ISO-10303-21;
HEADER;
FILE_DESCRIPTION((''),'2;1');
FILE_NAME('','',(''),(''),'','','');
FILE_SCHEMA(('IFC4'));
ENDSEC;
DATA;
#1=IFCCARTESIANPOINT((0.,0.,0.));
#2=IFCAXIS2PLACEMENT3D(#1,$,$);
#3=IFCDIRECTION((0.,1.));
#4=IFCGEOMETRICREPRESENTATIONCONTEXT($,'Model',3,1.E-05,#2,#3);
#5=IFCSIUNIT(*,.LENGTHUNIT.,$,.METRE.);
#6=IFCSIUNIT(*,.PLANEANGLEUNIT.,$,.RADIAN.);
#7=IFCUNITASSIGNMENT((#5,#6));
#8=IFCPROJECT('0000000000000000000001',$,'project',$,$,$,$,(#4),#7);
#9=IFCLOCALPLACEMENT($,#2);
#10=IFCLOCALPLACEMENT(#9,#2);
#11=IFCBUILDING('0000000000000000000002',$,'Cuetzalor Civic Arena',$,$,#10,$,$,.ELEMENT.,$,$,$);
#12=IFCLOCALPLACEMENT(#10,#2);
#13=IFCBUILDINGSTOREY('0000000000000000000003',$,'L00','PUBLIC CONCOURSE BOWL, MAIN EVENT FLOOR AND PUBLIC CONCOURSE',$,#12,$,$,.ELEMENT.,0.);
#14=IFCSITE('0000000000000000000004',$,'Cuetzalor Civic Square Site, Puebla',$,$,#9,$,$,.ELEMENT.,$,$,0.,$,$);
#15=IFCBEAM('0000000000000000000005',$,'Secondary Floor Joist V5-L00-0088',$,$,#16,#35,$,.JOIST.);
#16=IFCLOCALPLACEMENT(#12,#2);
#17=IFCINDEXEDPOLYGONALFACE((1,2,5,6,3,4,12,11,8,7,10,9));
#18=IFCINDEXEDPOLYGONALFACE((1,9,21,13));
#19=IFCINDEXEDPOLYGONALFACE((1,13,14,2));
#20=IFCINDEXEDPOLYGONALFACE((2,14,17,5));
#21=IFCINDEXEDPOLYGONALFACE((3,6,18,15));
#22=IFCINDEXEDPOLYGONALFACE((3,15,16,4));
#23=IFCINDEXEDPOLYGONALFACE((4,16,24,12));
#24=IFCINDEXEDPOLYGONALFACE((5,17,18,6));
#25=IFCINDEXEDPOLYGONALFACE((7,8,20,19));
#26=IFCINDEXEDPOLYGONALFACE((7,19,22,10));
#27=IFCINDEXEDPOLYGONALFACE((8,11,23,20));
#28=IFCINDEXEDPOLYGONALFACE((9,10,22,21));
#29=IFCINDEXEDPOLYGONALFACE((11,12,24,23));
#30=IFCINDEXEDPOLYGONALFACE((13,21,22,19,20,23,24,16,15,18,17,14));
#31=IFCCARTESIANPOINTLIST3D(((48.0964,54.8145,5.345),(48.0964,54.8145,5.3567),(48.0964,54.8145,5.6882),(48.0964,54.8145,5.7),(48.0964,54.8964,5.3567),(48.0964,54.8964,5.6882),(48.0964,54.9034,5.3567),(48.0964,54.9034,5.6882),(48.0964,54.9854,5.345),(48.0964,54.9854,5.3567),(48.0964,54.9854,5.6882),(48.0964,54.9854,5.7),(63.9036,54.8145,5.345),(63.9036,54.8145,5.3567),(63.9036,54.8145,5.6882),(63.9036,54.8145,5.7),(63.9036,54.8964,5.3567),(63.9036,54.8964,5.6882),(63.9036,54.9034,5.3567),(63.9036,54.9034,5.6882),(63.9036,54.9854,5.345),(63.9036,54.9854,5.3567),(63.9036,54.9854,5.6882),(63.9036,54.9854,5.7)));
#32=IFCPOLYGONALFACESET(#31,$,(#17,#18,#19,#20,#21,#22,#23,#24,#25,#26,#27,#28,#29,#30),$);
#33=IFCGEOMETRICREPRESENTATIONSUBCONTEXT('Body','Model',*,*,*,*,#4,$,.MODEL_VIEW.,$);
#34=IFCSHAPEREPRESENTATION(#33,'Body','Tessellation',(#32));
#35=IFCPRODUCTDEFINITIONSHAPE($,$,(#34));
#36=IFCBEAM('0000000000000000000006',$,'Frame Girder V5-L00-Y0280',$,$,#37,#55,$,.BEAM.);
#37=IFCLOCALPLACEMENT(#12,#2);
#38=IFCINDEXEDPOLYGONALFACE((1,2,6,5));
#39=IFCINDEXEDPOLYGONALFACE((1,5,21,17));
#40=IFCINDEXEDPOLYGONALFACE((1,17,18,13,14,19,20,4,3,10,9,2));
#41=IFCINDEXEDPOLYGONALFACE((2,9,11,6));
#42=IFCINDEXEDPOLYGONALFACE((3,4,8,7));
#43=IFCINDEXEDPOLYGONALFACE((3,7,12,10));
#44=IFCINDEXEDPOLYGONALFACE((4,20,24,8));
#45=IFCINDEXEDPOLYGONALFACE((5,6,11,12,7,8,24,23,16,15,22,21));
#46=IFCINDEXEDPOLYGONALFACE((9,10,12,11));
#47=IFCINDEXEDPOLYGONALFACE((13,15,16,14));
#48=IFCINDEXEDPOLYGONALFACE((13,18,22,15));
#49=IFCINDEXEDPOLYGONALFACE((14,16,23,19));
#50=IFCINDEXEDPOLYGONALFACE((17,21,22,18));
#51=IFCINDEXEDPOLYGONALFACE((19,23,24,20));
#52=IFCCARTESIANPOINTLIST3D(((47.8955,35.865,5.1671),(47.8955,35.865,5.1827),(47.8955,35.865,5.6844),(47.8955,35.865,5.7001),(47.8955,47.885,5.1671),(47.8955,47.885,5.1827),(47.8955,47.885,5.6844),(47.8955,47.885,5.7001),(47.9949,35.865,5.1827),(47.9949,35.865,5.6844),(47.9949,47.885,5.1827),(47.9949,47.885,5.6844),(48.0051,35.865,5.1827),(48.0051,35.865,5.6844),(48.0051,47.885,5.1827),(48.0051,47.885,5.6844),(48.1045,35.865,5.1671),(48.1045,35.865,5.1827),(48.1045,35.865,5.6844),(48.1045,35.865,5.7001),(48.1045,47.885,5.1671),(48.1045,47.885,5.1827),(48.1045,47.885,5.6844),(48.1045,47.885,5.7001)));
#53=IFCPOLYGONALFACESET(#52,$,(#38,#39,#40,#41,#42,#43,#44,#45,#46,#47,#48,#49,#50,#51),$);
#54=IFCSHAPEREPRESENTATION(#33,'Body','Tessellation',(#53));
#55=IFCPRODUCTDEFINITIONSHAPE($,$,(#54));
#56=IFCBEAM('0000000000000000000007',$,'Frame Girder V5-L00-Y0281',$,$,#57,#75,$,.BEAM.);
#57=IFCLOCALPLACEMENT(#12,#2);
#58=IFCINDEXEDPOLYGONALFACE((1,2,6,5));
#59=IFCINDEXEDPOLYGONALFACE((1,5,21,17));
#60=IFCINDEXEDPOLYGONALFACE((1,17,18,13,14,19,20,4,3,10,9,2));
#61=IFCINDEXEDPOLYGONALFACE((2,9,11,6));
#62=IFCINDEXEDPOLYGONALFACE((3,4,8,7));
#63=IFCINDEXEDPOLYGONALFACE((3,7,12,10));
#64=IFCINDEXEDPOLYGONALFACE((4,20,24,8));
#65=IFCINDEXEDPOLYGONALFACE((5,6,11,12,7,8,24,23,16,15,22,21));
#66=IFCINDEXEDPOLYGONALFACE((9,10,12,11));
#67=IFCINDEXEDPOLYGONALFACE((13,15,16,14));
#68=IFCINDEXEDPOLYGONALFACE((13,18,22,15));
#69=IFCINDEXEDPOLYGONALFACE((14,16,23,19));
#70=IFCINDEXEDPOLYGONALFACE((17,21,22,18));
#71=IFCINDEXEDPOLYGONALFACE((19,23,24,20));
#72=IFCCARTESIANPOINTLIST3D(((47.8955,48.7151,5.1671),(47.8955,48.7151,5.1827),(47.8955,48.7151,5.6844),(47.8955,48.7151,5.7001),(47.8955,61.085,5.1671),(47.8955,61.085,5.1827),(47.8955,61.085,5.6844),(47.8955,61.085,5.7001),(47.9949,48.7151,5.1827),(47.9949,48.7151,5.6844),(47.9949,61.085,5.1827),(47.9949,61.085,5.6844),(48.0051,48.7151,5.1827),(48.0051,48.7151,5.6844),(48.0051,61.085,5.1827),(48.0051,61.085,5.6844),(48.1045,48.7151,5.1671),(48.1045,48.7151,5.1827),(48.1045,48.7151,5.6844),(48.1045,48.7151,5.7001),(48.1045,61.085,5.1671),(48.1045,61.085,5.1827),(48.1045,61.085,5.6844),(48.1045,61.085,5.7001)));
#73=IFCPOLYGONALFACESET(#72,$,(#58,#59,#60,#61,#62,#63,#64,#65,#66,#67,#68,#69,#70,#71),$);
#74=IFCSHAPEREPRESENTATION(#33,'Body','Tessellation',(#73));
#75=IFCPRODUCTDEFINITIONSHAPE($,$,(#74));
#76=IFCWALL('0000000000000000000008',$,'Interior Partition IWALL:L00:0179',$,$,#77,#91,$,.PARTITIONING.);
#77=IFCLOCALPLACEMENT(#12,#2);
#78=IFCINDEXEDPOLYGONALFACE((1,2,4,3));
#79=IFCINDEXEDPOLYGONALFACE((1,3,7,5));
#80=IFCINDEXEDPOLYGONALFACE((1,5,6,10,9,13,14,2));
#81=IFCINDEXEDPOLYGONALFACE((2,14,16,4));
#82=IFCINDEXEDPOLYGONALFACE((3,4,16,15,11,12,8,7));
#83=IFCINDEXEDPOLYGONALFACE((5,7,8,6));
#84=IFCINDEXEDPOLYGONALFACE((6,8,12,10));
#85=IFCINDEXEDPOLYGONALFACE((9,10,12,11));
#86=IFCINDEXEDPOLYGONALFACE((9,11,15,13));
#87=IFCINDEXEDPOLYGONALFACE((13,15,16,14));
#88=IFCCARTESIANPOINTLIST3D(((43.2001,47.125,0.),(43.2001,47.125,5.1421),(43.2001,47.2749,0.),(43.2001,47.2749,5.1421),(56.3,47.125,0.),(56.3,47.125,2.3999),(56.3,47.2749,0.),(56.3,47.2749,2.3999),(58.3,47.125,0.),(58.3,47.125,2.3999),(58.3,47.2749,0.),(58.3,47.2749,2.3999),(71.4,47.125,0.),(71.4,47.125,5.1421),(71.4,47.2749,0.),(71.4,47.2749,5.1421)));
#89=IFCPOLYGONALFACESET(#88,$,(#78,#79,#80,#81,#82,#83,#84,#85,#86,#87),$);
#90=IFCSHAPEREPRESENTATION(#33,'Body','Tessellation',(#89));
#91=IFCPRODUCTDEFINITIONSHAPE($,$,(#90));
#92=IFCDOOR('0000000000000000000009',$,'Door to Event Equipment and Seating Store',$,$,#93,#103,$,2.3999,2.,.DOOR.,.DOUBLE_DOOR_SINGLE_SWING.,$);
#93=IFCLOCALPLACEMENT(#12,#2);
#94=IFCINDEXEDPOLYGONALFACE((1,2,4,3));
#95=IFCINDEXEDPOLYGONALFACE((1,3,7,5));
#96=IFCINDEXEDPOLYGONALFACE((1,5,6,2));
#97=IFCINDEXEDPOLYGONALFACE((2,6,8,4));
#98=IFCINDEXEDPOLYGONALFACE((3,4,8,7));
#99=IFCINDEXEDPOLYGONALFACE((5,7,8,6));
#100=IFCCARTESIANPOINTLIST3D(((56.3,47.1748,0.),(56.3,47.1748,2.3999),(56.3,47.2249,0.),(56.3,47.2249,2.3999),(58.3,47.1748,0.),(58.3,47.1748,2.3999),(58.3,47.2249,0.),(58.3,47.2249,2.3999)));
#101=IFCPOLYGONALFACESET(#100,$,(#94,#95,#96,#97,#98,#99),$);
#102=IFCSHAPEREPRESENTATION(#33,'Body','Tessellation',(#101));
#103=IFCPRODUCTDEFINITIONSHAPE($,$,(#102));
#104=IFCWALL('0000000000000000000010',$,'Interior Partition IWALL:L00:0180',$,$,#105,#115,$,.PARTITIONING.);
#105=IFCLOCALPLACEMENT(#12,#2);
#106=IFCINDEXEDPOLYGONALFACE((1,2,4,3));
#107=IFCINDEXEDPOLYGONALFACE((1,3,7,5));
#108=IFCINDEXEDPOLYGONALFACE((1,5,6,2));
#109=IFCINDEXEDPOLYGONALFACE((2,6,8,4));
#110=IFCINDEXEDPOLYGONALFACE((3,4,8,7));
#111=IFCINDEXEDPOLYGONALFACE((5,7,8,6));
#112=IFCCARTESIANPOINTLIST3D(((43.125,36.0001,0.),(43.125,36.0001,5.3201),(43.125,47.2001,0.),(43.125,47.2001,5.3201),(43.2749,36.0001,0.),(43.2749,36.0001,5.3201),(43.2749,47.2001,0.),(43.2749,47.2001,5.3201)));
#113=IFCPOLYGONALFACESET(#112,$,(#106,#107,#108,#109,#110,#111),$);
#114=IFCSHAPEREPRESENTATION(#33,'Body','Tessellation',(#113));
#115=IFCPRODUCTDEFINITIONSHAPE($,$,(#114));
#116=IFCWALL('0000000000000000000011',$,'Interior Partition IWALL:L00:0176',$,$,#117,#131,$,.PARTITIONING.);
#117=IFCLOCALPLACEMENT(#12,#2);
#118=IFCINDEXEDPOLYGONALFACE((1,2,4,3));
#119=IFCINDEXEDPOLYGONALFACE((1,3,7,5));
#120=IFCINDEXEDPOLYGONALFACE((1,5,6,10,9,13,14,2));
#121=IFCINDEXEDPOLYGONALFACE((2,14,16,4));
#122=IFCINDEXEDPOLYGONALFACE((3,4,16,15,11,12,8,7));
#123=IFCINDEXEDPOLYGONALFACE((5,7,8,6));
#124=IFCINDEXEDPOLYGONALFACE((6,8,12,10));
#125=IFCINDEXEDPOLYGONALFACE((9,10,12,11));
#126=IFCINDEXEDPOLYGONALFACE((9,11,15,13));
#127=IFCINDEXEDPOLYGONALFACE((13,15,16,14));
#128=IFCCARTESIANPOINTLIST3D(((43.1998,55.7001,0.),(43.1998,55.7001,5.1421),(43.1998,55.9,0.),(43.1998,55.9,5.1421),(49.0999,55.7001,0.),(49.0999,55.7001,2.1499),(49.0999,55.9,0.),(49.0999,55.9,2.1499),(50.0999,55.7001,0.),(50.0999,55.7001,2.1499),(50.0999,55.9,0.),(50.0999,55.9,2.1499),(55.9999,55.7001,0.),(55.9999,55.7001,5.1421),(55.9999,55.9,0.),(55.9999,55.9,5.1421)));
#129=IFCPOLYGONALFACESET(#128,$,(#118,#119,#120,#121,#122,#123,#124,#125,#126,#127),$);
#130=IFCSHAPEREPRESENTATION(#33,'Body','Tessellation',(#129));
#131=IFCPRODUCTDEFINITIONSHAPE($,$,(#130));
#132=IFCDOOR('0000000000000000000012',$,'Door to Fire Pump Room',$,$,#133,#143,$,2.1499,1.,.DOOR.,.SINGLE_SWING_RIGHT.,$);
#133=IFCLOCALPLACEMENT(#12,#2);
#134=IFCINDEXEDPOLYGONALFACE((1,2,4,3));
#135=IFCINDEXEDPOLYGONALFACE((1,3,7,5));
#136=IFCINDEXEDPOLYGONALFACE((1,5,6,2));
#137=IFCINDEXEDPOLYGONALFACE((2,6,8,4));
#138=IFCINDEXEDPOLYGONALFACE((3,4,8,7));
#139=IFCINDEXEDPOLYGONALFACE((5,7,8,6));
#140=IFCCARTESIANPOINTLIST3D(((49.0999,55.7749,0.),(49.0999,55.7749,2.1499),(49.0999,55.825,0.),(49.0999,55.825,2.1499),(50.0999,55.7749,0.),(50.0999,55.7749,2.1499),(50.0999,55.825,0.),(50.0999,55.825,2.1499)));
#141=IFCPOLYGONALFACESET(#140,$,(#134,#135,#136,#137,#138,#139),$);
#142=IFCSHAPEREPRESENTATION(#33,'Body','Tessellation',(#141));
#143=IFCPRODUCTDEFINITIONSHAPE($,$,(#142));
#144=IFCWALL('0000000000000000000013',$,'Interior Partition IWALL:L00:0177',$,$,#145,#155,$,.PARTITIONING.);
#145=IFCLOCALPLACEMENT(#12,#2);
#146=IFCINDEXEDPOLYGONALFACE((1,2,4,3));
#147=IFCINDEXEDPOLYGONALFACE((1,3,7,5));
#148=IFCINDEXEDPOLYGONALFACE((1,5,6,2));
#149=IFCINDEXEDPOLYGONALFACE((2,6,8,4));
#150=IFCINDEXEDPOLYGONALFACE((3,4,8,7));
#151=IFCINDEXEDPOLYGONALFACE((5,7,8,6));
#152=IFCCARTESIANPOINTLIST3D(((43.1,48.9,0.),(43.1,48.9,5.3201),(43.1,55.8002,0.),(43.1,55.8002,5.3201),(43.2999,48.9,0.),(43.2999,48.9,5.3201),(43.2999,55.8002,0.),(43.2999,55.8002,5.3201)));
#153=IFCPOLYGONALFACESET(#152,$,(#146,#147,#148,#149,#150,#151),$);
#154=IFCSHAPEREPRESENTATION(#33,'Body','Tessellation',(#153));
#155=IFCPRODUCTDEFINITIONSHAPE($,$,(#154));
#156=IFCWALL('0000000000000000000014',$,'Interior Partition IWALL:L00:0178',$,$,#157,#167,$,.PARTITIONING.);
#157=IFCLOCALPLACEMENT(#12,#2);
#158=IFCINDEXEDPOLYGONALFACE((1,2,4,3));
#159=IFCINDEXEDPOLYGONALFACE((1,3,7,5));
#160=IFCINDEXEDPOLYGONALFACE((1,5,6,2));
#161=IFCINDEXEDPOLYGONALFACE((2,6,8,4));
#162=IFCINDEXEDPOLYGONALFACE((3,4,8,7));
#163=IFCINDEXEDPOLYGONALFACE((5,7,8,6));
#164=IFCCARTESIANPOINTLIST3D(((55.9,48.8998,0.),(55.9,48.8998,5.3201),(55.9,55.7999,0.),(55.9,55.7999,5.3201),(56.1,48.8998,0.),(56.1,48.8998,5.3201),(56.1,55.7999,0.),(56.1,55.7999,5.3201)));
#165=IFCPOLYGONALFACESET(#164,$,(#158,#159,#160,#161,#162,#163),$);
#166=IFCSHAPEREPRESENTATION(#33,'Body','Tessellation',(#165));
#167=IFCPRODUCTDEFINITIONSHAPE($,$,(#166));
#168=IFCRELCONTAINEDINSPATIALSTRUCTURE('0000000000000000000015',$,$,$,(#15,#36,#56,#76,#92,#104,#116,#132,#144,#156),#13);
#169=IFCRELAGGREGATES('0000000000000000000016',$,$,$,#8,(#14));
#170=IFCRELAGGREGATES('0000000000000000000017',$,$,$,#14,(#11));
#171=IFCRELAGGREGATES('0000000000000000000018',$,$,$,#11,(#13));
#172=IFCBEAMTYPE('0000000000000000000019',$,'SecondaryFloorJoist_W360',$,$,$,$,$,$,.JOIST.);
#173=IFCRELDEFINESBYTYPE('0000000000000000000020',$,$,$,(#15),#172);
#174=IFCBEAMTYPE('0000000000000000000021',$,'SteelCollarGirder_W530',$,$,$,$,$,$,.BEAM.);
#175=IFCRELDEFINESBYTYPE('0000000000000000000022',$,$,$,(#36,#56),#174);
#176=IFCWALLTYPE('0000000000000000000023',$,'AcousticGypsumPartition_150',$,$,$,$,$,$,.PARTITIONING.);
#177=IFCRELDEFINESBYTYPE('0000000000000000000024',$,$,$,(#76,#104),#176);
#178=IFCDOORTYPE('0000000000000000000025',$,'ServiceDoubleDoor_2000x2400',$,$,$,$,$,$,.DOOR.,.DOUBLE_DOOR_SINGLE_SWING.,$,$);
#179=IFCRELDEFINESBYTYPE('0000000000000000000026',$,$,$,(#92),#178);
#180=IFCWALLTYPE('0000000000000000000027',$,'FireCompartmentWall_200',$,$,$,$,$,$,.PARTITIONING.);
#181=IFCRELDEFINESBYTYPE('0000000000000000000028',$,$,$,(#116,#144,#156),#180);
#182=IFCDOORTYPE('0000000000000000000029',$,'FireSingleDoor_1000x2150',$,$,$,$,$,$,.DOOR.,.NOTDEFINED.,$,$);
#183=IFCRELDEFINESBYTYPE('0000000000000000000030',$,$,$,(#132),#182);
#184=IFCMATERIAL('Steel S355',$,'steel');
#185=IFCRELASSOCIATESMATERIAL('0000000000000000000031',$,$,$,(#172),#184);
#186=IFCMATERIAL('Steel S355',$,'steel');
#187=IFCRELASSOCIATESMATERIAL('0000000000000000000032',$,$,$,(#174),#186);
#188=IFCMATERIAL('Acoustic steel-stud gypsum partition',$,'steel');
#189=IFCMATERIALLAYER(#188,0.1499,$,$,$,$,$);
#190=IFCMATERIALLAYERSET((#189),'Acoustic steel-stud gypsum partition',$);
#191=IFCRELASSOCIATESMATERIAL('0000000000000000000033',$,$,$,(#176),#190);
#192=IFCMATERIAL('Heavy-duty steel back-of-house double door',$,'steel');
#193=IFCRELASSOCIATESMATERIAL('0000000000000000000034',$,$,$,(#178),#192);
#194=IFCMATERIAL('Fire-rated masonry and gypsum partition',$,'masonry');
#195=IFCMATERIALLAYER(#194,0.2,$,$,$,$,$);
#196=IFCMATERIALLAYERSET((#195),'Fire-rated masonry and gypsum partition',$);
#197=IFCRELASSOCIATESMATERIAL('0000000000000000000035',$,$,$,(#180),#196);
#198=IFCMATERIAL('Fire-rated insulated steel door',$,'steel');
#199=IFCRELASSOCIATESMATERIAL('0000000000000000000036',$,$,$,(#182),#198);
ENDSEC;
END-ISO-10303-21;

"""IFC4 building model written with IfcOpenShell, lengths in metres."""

from ifc_helpers import new_model, si_unit, direction, frame, frame_2d, origin, origin_2d, place, context, subcontext, project, spatial, rectangle, i_section, extrude, material, layer, layer_set, material_profile, profile_set, type_object, element, fill, save


model = new_model("IFC4")

# Units and contexts
model_context = context("Model", 3, precision=1e-05, world=origin(), true_north=direction((0.0, 1.0)))
body_context = subcontext(model_context, "Body", "Model", "MODEL_VIEW")
ifc_project = project(units=[si_unit("LENGTHUNIT", "METRE"), si_unit("PLANEANGLEUNIT", "RADIAN")], contexts=[model_context])

# Site, building, storey
site_placement = place(None, origin())
site = spatial("IfcSite", under=ifc_project, at=site_placement, Name="Cuetzalor Civic Square Site, Puebla", CompositionType="ELEMENT", RefElevation=0.0)
building_placement = place(site_placement, origin())
building = spatial("IfcBuilding", under=site, at=building_placement, Name="Cuetzalor Civic Arena", CompositionType="ELEMENT")
storey_placement = place(building_placement, origin())
storey = spatial("IfcBuildingStorey", under=building, at=storey_placement, Name="L00", Description="PUBLIC CONCOURSE BOWL, MAIN EVENT FLOOR AND PUBLIC CONCOURSE", CompositionType="ELEMENT", Elevation=0.0)

# Beams
ifc_material_1 = material(Name="Steel S355", Category="steel")
ifc_material_profile_1 = material_profile(ifc_material_1, i_section(OverallWidth=0.1709, OverallDepth=0.355, WebThickness=0.0071, FlangeThickness=0.0117, at=origin_2d()), Name="W360x51")
ifc_profile_set_1 = profile_set([ifc_material_profile_1], Name="Steel S355")
beam_type_1 = type_object("IfcBeamType", Name="SecondaryFloorJoist_W360", PredefinedType="JOIST", material=ifc_profile_set_1)
for number, where, z_axis, x_axis, name in (
    (1, (48.0964, 54.8999, 5.5225), (1.0, 0.0, 0.0), (0.0, 1.0, 0.0), "Secondary Floor Joist V5-L00-0088"),
):
    element("IfcBeam", number, at=place(storey_placement, frame(where, z_axis=z_axis, x_axis=x_axis)), inside=storey, type_object=beam_type_1, Name=name, PredefinedType="JOIST", context=body_context, shape_type="SweptSolid", body=[
        extrude(i_section(OverallWidth=0.1709, OverallDepth=0.355, WebThickness=0.0071, FlangeThickness=0.0117, at=origin_2d()), origin(), (0.0, 0.0, 1.0), 15.8071),
    ])
ifc_material_2 = material(Name="Steel S355", Category="steel")
ifc_material_profile_2 = material_profile(ifc_material_2, i_section(OverallWidth=0.209, OverallDepth=0.533, WebThickness=0.0103, FlangeThickness=0.0156, at=origin_2d()), Name="W530x92")
ifc_profile_set_2 = profile_set([ifc_material_profile_2], Name="Steel S355")
beam_type_2 = type_object("IfcBeamType", Name="SteelCollarGirder_W530", PredefinedType="BEAM", material=ifc_profile_set_2)
beam_1_placement = place(storey_placement, frame((48.0, 35.865, 5.4336), z_axis=(0.0, 1.0, 0.0), x_axis=(-1.0, 0.0, 0.0)))
element("IfcBeam", 2, at=beam_1_placement, inside=storey, type_object=beam_type_2, Name="Frame Girder V5-L00-Y0280", PredefinedType="BEAM", context=body_context, shape_type="SweptSolid", body=[
    extrude(i_section(OverallWidth=0.209, OverallDepth=0.533, WebThickness=0.0103, FlangeThickness=0.0156, at=origin_2d()), origin(), (0.0, 0.0, 1.0), 12.02),
])
beam_2_placement = place(storey_placement, frame((48.0, 48.7151, 5.4336), z_axis=(0.0, 1.0, 0.0), x_axis=(-1.0, 0.0, 0.0)))
element("IfcBeam", 3, at=beam_2_placement, inside=storey, type_object=beam_type_2, Name="Frame Girder V5-L00-Y0281", PredefinedType="BEAM", context=body_context, shape_type="SweptSolid", body=[
    extrude(i_section(OverallWidth=0.209, OverallDepth=0.533, WebThickness=0.0103, FlangeThickness=0.0156, at=origin_2d()), origin(), (0.0, 0.0, 1.0), 12.3699),
])

# Wall, opening, door
ifc_material_3 = material(Name="Acoustic steel-stud gypsum partition", Category="steel")
ifc_layer_1 = layer(ifc_material_3, 0.1499)
ifc_layer_set_1 = layer_set([ifc_layer_1], Name="Acoustic steel-stud gypsum partition")
wall_type_1 = type_object("IfcWallType", Name="AcousticGypsumPartition_150", PredefinedType="PARTITIONING", material=ifc_layer_set_1)
wall_1_placement = place(storey_placement, frame((43.2, 47.2, 0.0), z_axis=(0.0, 0.0, 1.0), x_axis=(1.0, 0.0, 0.0)))
wall_1 = element("IfcWall", 4, at=wall_1_placement, inside=storey, type_object=wall_type_1, Name="Interior Partition IWALL:L00:0179", PredefinedType="PARTITIONING", context=body_context, shape_type="SweptSolid", body=[
    extrude(rectangle(XDim=28.2, YDim=0.1499, at=frame_2d((14.1001, 0.0))), origin(), (0.0, 0.0, 1.0), 5.1421),
])
opening_1_placement = place(wall_1_placement, frame((13.1001, 0.0, 0.0)))
opening_1 = element("IfcOpeningElement", 5, at=opening_1_placement, cuts=wall_1, PredefinedType="OPENING", context=body_context, shape_type="SweptSolid", body=[
    extrude(rectangle(XDim=2.0, YDim=2.3999, at=frame_2d((1.0, 1.2))), frame((0.0, 0.085, 0.0), z_axis=(0.0, -1.0, 0.0), x_axis=(1.0, 0.0, 0.0)), (0.0, 0.0, 1.0), 0.1699),
])
ifc_material_4 = material(Name="Heavy-duty steel back-of-house double door", Category="steel")
door_type_1 = type_object("IfcDoorType", Name="ServiceDoubleDoor_2000x2400", OperationType="DOUBLE_DOOR_SINGLE_SWING", PredefinedType="DOOR", material=ifc_material_4)
door_1_placement = place(opening_1_placement, origin())
door_1 = element("IfcDoor", 6, at=door_1_placement, inside=storey, type_object=door_type_1, Name="Door to Event Equipment and Seating Store", OperationType="DOUBLE_DOOR_SINGLE_SWING", OverallHeight=2.3999, OverallWidth=2.0, PredefinedType="DOOR", context=body_context, shape_type="SweptSolid", body=[
    extrude(rectangle(XDim=2.0, YDim=2.3999, at=frame_2d((1.0, 1.2))), frame((0.0, 0.0249, 0.0), z_axis=(0.0, -1.0, 0.0), x_axis=(1.0, 0.0, 0.0)), (0.0, 0.0, 1.0), 0.05),
])
fill(opening_1, door_1)

# Wall
wall_2_placement = place(storey_placement, frame((43.2, 36.0, 0.0), z_axis=(0.0, 0.0, 1.0), x_axis=(0.0, 1.0, 0.0)))
element("IfcWall", 7, at=wall_2_placement, inside=storey, type_object=wall_type_1, Name="Interior Partition IWALL:L00:0180", PredefinedType="PARTITIONING", context=body_context, shape_type="SweptSolid", body=[
    extrude(rectangle(XDim=11.2, YDim=0.1499, at=frame_2d((5.6001, 0.0))), origin(), (0.0, 0.0, 1.0), 5.3201),
])

# Wall, opening, door
ifc_material_5 = material(Name="Fire-rated masonry and gypsum partition", Category="masonry")
ifc_layer_2 = layer(ifc_material_5, 0.2)
ifc_layer_set_2 = layer_set([ifc_layer_2], Name="Fire-rated masonry and gypsum partition")
wall_type_2 = type_object("IfcWallType", Name="FireCompartmentWall_200", PredefinedType="PARTITIONING", material=ifc_layer_set_2)
wall_3_placement = place(storey_placement, frame((43.2, 55.8, 0.0), z_axis=(0.0, 0.0, 1.0), x_axis=(1.0, 0.0, 0.0)))
wall_3 = element("IfcWall", 8, at=wall_3_placement, inside=storey, type_object=wall_type_2, Name="Interior Partition IWALL:L00:0176", PredefinedType="PARTITIONING", context=body_context, shape_type="SweptSolid", body=[
    extrude(rectangle(XDim=12.8, YDim=0.2, at=frame_2d((6.3999, 0.0))), origin(), (0.0, 0.0, 1.0), 5.1421),
])
opening_2_placement = place(wall_3_placement, frame((5.8999, 0.0, 0.0)))
opening_2 = element("IfcOpeningElement", 9, at=opening_2_placement, cuts=wall_3, PredefinedType="OPENING", context=body_context, shape_type="SweptSolid", body=[
    extrude(rectangle(XDim=1.0, YDim=2.1499, at=frame_2d((0.5, 1.075))), frame((0.0, 0.1099, 0.0), z_axis=(0.0, -1.0, 0.0), x_axis=(1.0, 0.0, 0.0)), (0.0, 0.0, 1.0), 0.22),
])
ifc_material_6 = material(Name="Fire-rated insulated steel door", Category="steel")
door_type_2 = type_object("IfcDoorType", Name="FireSingleDoor_1000x2150", OperationType="NOTDEFINED", PredefinedType="DOOR", material=ifc_material_6)
door_2_placement = place(opening_2_placement, origin())
door_2 = element("IfcDoor", 10, at=door_2_placement, inside=storey, type_object=door_type_2, Name="Door to Fire Pump Room", OperationType="SINGLE_SWING_RIGHT", OverallHeight=2.1499, OverallWidth=1.0, PredefinedType="DOOR", context=body_context, shape_type="SweptSolid", body=[
    extrude(rectangle(XDim=1.0, YDim=2.1499, at=frame_2d((0.5, 1.075))), frame((0.0, 0.0249, 0.0), z_axis=(0.0, -1.0, 0.0), x_axis=(1.0, 0.0, 0.0)), (0.0, 0.0, 1.0), 0.05),
])
fill(opening_2, door_2)

# Walls
for number, where, z_axis, x_axis, name in (
    (11, (43.2, 48.8999, 0.0), (0.0, 0.0, 1.0), (0.0, 1.0, 0.0), "Interior Partition IWALL:L00:0177"),
    (12, (56.0, 55.8, 0.0), (0.0, 0.0, 1.0), (0.0, -1.0, 0.0), "Interior Partition IWALL:L00:0178"),
):
    element("IfcWall", number, at=place(storey_placement, frame(where, z_axis=z_axis, x_axis=x_axis)), inside=storey, type_object=wall_type_2, Name=name, PredefinedType="PARTITIONING", context=body_context, shape_type="SweptSolid", body=[
        extrude(rectangle(XDim=6.9001, YDim=0.2, at=frame_2d((3.4502, 0.0))), origin(), (0.0, 0.0, 1.0), 5.3201),
    ])

save(model, "model.ifc")
